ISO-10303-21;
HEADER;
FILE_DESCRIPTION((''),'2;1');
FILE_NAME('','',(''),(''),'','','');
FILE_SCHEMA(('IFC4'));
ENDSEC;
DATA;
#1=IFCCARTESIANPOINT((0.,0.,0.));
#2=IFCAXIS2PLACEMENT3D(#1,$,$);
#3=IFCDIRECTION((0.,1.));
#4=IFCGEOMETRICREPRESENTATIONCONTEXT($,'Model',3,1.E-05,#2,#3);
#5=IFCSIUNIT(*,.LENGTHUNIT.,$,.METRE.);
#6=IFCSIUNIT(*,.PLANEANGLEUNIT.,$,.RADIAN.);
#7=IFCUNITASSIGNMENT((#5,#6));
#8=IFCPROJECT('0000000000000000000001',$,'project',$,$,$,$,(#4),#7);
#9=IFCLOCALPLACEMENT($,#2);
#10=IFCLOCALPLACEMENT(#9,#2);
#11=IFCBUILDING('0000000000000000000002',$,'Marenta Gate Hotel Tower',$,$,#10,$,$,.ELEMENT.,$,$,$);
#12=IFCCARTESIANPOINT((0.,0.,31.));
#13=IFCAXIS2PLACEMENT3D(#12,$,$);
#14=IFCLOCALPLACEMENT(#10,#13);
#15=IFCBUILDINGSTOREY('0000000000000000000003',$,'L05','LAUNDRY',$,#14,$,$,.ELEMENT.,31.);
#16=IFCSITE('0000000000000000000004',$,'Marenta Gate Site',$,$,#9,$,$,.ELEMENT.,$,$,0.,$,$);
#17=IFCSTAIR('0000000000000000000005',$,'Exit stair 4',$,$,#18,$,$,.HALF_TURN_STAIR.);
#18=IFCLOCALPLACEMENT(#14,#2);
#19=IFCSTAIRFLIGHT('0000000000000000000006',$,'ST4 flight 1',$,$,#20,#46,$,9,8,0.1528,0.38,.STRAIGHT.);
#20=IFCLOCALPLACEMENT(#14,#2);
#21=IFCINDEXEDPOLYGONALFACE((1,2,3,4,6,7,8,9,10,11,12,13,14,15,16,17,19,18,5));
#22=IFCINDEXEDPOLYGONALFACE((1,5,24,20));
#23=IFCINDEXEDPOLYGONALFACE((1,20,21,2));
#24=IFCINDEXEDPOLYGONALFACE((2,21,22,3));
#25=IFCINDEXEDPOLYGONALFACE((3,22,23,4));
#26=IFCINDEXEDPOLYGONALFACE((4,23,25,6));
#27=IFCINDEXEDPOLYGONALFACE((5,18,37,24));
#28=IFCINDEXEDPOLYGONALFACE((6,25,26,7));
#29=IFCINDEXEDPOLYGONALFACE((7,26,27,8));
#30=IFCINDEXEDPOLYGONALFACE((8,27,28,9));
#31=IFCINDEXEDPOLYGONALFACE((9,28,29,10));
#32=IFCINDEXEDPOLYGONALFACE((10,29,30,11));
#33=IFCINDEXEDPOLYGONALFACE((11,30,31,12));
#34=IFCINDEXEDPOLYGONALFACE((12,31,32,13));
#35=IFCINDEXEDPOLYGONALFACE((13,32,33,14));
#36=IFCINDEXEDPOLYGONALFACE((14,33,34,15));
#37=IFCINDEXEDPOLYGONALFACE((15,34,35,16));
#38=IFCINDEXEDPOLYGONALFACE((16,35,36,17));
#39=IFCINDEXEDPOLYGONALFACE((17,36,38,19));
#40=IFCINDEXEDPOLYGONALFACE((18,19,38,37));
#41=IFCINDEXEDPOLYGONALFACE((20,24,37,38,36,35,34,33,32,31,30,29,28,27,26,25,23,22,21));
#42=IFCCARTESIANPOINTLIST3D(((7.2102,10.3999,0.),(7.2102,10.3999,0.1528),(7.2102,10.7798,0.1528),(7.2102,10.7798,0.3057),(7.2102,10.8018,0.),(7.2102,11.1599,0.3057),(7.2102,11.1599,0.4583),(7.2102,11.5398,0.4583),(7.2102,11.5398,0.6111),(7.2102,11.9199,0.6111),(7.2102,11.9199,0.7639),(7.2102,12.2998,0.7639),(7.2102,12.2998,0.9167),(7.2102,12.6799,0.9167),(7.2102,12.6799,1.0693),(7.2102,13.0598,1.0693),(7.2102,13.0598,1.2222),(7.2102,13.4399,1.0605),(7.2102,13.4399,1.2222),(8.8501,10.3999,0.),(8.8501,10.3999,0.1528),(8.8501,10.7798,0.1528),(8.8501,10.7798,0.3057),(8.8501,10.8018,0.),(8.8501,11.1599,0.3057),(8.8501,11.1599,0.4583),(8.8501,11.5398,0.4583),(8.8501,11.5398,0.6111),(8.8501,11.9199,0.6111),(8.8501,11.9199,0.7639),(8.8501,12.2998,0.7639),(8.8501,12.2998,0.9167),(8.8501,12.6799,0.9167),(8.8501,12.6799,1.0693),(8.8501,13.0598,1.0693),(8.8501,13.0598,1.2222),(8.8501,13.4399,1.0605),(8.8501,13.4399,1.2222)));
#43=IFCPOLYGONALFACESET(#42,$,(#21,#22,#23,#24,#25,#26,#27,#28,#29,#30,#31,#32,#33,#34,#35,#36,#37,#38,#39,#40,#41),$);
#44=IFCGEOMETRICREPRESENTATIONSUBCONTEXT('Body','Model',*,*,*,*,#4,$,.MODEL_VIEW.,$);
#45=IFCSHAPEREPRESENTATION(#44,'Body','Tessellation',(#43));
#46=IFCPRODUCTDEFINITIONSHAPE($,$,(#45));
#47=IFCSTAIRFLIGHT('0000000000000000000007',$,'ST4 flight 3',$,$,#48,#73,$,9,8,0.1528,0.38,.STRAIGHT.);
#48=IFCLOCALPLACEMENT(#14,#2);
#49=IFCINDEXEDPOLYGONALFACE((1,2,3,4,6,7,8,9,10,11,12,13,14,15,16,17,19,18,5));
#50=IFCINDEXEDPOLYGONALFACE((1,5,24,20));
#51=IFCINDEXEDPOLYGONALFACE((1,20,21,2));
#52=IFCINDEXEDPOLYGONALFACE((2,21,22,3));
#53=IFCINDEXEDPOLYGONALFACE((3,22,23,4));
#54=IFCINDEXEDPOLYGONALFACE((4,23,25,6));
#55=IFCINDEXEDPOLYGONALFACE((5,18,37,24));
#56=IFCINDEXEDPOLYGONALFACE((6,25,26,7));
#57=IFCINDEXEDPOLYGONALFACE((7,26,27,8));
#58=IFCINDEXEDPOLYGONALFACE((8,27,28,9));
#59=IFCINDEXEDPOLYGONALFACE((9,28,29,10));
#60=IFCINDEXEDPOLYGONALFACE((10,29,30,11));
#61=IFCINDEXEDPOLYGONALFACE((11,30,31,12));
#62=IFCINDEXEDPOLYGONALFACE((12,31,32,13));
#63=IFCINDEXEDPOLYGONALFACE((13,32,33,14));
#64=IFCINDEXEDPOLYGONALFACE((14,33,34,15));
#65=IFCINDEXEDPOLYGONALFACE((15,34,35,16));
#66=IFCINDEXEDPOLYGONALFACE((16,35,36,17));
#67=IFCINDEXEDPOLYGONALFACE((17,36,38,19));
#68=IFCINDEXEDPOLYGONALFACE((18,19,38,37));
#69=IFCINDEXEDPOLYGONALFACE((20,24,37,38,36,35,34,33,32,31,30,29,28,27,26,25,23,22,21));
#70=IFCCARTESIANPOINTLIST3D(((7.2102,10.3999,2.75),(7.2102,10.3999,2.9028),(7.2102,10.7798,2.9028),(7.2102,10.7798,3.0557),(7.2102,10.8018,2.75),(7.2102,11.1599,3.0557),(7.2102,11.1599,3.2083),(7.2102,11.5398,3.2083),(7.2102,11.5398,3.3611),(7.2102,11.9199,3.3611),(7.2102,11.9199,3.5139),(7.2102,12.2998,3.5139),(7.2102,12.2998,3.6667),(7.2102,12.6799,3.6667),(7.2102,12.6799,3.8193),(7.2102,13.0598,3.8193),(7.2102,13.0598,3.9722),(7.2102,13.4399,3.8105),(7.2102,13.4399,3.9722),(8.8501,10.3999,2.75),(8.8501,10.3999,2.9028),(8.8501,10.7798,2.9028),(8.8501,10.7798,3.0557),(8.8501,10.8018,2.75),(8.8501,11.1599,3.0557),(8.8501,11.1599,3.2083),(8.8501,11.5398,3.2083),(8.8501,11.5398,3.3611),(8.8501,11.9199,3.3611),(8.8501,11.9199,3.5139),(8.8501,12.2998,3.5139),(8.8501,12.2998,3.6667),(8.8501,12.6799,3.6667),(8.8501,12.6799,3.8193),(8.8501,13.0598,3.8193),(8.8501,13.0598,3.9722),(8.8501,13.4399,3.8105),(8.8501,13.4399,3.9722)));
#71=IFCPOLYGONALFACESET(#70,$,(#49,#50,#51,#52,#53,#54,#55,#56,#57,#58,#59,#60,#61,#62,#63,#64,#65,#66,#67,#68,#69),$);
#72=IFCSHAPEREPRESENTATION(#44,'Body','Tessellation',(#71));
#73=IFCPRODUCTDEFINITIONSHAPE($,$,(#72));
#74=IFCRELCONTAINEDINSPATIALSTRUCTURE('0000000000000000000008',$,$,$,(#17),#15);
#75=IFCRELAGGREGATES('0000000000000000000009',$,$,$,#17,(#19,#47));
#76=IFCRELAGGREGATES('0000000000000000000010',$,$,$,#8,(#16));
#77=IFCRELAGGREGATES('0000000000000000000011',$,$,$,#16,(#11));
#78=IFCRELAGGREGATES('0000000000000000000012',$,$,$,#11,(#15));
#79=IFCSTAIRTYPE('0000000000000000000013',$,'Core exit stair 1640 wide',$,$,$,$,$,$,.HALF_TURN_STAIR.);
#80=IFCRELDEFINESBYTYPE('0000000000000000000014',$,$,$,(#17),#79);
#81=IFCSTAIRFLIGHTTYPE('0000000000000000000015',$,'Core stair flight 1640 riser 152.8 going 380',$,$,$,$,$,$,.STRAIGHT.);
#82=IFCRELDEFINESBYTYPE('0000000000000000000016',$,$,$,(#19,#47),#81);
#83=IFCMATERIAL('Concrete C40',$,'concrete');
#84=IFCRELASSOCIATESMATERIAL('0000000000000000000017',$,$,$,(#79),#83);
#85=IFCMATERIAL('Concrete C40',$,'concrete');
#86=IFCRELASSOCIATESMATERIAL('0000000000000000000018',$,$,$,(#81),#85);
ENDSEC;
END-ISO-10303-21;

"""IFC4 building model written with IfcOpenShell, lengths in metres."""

from ifc_helpers import new_model, si_unit, direction, frame, origin, place, context, subcontext, project, spatial, polyline, outline, extrude, material, type_object, element, aggregate, save


model = new_model("IFC4")

# Units and contexts
model_context = context("Model", 3, precision=1e-05, world=origin(), true_north=direction((0.0, 1.0)))
body_context = subcontext(model_context, "Body", "Model", "MODEL_VIEW")
ifc_project = project(units=[si_unit("LENGTHUNIT", "METRE"), si_unit("PLANEANGLEUNIT", "RADIAN")], contexts=[model_context])

# Site, building, storey
site_placement = place(None, origin())
site = spatial("IfcSite", under=ifc_project, at=site_placement, Name="Marenta Gate Site", CompositionType="ELEMENT", RefElevation=0.0)
building_placement = place(site_placement, origin())
building = spatial("IfcBuilding", under=site, at=building_placement, Name="Marenta Gate Hotel Tower", CompositionType="ELEMENT")
storey_placement = place(building_placement, frame((0.0, 0.0, 31.0)))
storey = spatial("IfcBuildingStorey", under=building, at=storey_placement, Name="L05", Description="LAUNDRY", CompositionType="ELEMENT", Elevation=31.0)

# Shared definitions
ifc_material_1 = material(Name="Concrete C40", Category="concrete")
stair_type = type_object("IfcStairType", Name="Core exit stair 1640 wide", PredefinedType="HALF_TURN_STAIR", material=ifc_material_1)
ifc_material_2 = material(Name="Concrete C40", Category="concrete")
stair_flight_type = type_object("IfcStairFlightType", Name="Core stair flight 1640 riser 152.8 going 380", PredefinedType="STRAIGHT", material=ifc_material_2)

# Stair, stair flights
stair_1_placement = place(storey_placement, origin())
stair_1 = element("IfcStair", 1, at=stair_1_placement, inside=storey, type_object=stair_type, Name="Exit stair 4", PredefinedType="HALF_TURN_STAIR")
stair_flight_1_placement = place(storey_placement, frame((8.03, 10.3999, 0.0), z_axis=(0.0, 0.0, 1.0), x_axis=(0.0, 1.0, 0.0)))
stair_flight_1 = element("IfcStairFlight", 2, at=stair_flight_1_placement, type_object=stair_flight_type, Name="ST4 flight 1", NumberOfRisers=9, NumberOfTreads=8, PredefinedType="STRAIGHT", RiserHeight=0.1528, TreadLength=0.38, context=body_context, shape_type="SweptSolid", body=[
    extrude(outline(polyline([(0.0, 0.0), (0.0, 0.1528), (0.3799, 0.1528), (0.3799, 0.3057), (0.76, 0.3057), (0.76, 0.4583), (1.1399, 0.4583), (1.1399, 0.6111), (1.52, 0.6111), (1.52, 0.7639), (1.8999, 0.7639), (1.8999, 0.9167), (2.28, 0.9167), (2.28, 1.0693), (2.6599, 1.0693), (2.6599, 1.2222), (3.04, 1.2222), (3.04, 1.375), (3.04, 1.0605), (0.4019, 0.0), (0.0, 0.0)])), frame((0.0, 0.8198, 0.0), z_axis=(0.0, -1.0, 0.0), x_axis=(1.0, 0.0, 0.0)), (0.0, 0.0, 1.0), 1.6399),
])
stair_flight_2_placement = place(storey_placement, frame((8.03, 10.3999, 2.75), z_axis=(0.0, 0.0, 1.0), x_axis=(0.0, 1.0, 0.0)))
stair_flight_2 = element("IfcStairFlight", 3, at=stair_flight_2_placement, type_object=stair_flight_type, Name="ST4 flight 3", NumberOfRisers=9, NumberOfTreads=8, PredefinedType="STRAIGHT", RiserHeight=0.1528, TreadLength=0.38, context=body_context, shape_type="SweptSolid", body=[
    extrude(outline(polyline([(0.0, 0.0), (0.0, 0.1528), (0.3799, 0.1528), (0.3799, 0.3057), (0.76, 0.3057), (0.76, 0.4583), (1.1399, 0.4583), (1.1399, 0.6111), (1.52, 0.6111), (1.52, 0.7639), (1.8999, 0.7639), (1.8999, 0.9167), (2.28, 0.9167), (2.28, 1.0693), (2.6599, 1.0693), (2.6599, 1.2222), (3.04, 1.2222), (3.04, 1.375), (3.04, 1.0605), (0.4019, 0.0), (0.0, 0.0)])), frame((0.0, 0.8198, 0.0), z_axis=(0.0, -1.0, 0.0), x_axis=(1.0, 0.0, 0.0)), (0.0, 0.0, 1.0), 1.6399),
])
aggregate(stair_1, [stair_flight_1, stair_flight_2])

save(model, "model.ifc")
